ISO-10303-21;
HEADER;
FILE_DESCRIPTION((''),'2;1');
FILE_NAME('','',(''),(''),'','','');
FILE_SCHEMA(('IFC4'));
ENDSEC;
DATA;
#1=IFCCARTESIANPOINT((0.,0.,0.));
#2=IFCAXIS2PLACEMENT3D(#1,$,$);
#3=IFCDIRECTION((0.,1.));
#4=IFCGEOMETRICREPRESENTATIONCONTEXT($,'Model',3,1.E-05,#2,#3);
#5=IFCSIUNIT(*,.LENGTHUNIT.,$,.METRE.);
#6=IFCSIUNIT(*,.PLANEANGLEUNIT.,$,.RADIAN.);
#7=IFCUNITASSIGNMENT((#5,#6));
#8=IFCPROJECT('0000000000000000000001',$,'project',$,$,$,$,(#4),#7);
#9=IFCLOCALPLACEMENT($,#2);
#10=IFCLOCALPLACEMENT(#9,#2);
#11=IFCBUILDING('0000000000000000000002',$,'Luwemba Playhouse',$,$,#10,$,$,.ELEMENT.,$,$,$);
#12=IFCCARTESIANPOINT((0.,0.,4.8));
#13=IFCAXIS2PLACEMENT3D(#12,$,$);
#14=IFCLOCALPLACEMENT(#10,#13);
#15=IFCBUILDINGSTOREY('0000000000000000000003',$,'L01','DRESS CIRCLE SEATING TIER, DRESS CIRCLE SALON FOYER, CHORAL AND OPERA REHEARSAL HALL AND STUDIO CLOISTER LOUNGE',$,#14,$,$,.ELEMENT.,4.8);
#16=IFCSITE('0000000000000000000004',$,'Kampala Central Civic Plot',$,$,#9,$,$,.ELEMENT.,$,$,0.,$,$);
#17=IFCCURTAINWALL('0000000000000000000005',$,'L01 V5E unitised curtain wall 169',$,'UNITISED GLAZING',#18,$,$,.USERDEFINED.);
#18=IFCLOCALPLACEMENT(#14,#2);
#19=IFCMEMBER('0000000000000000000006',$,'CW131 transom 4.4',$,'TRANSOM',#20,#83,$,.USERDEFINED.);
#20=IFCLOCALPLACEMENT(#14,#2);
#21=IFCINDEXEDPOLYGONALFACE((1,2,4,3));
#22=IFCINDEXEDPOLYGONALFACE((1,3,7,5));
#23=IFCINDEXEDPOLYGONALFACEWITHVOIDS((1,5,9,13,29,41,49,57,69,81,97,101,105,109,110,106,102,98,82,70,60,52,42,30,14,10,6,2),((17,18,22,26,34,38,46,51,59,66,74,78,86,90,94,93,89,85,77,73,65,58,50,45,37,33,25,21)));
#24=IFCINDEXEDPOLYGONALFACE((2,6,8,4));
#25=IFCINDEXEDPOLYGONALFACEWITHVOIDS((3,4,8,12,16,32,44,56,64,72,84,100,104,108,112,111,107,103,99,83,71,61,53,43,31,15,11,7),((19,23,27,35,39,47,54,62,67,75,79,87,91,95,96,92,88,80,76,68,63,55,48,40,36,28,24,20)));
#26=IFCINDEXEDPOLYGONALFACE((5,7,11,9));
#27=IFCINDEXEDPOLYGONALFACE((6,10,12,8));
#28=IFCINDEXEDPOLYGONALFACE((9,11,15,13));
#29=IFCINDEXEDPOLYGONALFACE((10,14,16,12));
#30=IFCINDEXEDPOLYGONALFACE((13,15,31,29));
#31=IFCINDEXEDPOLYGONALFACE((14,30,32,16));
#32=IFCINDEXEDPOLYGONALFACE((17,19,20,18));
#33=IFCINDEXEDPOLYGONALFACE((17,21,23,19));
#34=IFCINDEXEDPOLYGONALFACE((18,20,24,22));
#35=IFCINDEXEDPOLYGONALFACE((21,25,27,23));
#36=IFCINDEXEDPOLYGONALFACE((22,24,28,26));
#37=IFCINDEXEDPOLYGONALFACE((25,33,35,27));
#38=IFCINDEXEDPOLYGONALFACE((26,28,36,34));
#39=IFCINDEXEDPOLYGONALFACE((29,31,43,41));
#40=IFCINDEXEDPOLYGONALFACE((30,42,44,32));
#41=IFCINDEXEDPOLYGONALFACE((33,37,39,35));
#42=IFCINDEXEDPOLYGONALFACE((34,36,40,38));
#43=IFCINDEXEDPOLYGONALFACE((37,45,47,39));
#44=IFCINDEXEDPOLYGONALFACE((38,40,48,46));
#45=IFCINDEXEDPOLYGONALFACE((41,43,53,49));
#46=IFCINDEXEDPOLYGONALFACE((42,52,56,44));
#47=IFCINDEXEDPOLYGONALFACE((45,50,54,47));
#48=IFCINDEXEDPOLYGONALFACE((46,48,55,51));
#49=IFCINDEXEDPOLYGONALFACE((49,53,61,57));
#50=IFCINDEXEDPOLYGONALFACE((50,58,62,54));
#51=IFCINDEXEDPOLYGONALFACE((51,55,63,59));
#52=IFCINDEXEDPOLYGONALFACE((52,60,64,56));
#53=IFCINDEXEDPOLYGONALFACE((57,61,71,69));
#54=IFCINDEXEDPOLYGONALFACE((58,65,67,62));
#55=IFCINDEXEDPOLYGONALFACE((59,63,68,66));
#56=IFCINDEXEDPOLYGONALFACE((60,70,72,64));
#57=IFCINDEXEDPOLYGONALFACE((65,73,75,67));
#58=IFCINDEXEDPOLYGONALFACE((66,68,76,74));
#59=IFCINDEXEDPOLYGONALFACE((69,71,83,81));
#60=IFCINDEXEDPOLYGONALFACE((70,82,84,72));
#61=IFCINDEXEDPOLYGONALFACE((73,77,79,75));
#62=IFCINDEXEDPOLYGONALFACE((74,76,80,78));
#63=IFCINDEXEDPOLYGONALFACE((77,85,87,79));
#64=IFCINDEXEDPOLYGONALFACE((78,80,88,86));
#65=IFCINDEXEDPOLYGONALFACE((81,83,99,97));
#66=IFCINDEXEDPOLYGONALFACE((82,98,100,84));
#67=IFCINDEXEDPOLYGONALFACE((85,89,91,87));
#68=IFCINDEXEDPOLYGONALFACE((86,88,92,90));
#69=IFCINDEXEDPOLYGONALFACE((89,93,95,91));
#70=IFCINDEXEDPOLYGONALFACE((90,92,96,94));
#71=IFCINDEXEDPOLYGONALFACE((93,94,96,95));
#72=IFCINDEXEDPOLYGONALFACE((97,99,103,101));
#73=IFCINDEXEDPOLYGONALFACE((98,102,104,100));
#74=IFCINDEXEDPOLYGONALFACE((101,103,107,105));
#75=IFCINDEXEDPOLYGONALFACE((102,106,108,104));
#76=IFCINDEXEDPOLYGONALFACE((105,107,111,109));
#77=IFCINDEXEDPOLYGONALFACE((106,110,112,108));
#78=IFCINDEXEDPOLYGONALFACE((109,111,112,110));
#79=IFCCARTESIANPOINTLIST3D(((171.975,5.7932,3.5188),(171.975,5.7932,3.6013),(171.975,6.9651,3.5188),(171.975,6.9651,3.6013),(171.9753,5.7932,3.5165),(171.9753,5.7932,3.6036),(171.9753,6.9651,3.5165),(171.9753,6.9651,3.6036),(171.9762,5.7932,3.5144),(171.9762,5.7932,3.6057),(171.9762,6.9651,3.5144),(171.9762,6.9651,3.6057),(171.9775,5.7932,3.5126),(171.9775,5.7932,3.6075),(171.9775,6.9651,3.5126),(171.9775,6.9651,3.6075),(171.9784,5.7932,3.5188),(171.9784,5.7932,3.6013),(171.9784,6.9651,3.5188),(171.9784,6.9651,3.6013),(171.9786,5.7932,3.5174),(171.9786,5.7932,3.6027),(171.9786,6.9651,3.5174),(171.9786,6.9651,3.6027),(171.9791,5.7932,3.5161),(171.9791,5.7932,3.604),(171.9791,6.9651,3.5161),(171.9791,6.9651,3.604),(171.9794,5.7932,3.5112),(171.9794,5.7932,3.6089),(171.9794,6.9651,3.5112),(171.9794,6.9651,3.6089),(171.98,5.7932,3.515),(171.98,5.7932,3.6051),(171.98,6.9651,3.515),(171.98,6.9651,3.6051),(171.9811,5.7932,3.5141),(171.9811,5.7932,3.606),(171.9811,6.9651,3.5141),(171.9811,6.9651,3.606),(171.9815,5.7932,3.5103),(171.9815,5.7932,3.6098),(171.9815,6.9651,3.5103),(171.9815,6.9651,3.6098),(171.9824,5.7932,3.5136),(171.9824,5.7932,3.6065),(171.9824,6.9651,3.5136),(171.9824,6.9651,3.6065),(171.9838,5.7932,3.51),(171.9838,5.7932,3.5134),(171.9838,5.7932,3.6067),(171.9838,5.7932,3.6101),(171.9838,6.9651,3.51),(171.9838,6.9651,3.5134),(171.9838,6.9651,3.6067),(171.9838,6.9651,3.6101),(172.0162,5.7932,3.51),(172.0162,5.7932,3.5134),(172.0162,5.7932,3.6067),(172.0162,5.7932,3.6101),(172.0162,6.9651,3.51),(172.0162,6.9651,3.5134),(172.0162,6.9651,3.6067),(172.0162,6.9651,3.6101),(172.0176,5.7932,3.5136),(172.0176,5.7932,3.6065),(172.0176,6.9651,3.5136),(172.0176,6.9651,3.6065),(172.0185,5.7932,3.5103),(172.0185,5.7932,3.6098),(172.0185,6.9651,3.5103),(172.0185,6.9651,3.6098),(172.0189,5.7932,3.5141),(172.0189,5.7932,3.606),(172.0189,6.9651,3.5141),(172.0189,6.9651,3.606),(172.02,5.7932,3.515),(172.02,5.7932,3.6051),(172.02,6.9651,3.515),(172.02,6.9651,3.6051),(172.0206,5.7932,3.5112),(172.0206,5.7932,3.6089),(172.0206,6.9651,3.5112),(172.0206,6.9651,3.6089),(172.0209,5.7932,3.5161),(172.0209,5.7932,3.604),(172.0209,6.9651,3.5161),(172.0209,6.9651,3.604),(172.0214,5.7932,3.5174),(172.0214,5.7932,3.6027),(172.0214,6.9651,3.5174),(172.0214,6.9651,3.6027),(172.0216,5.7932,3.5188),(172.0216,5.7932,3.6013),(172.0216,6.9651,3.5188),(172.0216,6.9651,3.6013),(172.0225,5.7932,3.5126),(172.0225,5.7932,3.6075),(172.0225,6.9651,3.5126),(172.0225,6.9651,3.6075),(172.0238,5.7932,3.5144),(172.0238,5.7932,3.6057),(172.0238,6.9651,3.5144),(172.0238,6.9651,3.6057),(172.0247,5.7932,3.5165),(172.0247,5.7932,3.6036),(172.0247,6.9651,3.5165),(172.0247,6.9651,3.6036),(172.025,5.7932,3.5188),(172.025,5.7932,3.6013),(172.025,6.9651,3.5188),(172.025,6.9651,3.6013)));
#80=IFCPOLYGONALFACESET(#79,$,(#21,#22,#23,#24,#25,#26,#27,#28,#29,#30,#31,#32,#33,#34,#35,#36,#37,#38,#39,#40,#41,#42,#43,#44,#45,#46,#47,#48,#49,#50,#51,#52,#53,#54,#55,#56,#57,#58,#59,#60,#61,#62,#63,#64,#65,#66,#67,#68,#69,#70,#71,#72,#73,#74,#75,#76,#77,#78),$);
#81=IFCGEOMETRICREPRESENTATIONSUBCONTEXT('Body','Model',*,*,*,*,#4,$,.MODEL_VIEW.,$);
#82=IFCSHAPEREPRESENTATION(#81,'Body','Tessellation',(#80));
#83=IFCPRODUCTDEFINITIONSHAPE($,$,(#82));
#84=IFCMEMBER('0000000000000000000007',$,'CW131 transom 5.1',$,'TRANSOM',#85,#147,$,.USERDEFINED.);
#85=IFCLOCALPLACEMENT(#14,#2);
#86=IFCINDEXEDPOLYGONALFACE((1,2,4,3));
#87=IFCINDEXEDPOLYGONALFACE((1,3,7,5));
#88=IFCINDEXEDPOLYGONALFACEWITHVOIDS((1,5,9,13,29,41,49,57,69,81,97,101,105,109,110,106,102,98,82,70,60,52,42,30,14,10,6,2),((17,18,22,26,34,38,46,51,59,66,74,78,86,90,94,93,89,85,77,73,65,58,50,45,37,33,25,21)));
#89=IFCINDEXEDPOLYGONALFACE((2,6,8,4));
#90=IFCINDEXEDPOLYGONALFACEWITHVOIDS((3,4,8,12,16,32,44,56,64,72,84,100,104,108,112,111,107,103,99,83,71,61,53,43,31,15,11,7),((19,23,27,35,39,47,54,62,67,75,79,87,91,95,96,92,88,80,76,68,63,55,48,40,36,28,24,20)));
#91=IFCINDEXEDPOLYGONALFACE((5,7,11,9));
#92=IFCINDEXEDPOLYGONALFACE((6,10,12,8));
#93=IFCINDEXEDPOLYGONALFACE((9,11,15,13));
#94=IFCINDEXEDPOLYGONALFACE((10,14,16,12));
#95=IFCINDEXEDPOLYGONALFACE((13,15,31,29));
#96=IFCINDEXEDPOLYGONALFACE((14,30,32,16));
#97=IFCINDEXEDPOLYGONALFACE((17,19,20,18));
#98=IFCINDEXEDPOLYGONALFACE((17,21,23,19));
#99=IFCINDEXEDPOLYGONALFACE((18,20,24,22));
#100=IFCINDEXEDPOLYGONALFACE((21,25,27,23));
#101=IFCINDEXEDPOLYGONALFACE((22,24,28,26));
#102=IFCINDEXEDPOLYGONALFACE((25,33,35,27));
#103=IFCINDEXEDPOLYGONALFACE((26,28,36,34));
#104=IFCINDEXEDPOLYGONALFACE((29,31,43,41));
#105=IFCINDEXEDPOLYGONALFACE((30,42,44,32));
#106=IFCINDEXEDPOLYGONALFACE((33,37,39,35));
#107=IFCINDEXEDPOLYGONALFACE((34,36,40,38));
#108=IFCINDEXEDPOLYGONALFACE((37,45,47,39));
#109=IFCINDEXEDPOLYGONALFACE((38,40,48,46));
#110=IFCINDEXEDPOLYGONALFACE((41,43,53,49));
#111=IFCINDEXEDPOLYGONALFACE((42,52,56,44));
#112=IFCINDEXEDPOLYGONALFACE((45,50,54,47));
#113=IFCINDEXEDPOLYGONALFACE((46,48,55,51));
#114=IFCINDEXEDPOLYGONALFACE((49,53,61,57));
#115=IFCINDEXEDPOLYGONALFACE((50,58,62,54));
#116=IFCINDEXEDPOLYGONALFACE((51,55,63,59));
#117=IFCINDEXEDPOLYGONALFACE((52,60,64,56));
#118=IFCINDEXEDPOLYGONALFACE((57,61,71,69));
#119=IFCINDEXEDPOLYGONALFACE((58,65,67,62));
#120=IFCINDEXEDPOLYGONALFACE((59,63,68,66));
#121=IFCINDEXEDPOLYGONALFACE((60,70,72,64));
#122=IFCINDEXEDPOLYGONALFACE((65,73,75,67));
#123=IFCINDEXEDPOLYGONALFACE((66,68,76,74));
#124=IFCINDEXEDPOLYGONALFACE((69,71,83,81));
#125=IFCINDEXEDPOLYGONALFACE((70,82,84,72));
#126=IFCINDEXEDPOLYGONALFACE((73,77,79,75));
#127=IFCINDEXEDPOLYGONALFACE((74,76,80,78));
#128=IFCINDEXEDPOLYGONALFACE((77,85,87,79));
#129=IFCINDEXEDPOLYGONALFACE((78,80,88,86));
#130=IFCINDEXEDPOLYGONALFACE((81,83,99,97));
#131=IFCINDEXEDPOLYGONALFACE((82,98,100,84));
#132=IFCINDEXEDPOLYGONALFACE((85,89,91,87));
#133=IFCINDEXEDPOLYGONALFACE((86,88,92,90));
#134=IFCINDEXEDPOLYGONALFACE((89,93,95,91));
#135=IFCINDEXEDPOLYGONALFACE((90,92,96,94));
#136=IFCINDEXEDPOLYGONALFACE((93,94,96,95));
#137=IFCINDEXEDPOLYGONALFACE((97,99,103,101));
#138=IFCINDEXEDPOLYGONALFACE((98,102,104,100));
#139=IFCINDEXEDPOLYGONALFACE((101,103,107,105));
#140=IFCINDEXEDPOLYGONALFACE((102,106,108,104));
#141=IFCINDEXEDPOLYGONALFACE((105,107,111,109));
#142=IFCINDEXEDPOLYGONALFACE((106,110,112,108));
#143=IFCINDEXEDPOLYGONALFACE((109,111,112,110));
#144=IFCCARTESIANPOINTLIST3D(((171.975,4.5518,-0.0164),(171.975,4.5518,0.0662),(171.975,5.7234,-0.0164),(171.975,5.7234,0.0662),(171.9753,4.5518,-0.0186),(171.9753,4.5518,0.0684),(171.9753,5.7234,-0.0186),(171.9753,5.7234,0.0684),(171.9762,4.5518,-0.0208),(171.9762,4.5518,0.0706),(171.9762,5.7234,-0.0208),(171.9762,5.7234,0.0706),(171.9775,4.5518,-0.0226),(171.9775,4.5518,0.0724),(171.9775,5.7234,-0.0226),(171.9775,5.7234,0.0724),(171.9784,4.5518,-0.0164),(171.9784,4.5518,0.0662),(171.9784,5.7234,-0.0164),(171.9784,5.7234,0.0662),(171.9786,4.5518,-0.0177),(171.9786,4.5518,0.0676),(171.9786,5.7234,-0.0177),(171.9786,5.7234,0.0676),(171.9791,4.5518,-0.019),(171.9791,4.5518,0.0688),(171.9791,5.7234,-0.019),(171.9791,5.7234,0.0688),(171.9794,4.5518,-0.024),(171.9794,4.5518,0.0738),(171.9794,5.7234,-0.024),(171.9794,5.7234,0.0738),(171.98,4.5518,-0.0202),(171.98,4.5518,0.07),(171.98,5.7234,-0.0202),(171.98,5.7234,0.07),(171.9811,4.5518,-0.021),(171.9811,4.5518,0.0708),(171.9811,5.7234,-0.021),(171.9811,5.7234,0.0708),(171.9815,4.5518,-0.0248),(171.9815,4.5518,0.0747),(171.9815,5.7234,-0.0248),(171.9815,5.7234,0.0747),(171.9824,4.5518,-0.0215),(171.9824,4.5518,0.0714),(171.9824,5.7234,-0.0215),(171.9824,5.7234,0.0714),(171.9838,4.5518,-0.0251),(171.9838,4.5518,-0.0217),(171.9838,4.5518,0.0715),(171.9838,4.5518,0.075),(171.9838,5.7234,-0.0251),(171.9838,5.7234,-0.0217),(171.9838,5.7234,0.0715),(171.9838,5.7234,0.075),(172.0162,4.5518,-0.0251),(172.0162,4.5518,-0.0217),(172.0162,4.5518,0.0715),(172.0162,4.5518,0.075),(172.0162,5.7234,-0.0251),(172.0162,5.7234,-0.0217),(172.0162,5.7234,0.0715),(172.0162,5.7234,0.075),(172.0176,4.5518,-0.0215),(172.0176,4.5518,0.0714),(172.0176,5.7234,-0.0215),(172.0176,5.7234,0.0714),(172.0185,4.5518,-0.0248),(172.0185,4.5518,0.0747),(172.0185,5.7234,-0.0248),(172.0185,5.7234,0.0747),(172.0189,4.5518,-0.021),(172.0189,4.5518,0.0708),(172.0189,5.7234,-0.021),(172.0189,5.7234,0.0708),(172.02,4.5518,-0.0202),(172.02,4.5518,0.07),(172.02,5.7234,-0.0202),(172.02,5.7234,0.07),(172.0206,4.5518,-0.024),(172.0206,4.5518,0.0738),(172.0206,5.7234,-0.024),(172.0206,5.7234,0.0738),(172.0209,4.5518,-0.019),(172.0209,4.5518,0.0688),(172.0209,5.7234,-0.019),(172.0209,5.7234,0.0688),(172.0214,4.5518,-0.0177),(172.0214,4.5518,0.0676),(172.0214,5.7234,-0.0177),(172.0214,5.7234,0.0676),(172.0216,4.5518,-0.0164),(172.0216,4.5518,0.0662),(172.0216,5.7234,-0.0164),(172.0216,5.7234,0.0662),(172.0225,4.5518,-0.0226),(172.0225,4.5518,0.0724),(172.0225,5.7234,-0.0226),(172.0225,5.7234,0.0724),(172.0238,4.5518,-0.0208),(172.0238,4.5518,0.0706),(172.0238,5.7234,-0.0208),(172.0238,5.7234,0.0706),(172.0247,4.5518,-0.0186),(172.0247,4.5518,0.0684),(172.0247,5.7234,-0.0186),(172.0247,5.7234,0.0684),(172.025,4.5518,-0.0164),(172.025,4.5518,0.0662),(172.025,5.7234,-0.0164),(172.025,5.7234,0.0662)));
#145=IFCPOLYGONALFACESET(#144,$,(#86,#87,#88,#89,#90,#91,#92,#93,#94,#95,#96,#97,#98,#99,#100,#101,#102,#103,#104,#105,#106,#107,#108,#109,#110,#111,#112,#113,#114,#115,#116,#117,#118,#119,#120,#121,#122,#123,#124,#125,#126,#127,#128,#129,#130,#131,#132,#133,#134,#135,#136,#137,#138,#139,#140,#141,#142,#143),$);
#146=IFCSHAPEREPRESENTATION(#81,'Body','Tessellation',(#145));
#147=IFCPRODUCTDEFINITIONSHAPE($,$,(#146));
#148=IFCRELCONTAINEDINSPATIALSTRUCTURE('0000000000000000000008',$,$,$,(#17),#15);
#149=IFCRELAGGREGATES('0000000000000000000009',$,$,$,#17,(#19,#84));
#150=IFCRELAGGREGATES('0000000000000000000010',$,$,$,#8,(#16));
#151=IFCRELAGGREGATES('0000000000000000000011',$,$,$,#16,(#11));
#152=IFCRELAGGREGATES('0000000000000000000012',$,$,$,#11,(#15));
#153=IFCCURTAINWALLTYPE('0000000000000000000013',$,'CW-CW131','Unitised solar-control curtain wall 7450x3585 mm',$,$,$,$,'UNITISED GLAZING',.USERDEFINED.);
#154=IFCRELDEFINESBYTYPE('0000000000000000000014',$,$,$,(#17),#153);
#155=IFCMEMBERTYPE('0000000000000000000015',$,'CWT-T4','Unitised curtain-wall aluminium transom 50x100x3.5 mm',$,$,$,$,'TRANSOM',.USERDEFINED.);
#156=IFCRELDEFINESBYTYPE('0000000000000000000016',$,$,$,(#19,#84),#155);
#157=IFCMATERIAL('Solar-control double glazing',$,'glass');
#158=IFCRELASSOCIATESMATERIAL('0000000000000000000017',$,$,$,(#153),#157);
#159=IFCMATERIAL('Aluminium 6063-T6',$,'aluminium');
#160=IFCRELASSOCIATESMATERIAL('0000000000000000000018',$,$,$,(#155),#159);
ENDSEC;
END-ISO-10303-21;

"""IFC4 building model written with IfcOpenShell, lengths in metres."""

from ifc_helpers import new_model, si_unit, direction, frame, origin, origin_2d, place, context, subcontext, project, spatial, hollow_rectangle, extrude, material, material_profile, profile_set, type_object, element, aggregate, save


model = new_model("IFC4")

# Units and contexts
model_context = context("Model", 3, precision=1e-05, world=origin(), true_north=direction((0.0, 1.0)))
body_context = subcontext(model_context, "Body", "Model", "MODEL_VIEW")
ifc_project = project(units=[si_unit("LENGTHUNIT", "METRE"), si_unit("PLANEANGLEUNIT", "RADIAN")], contexts=[model_context])

# Site, building, storey
site_placement = place(None, origin())
site = spatial("IfcSite", under=ifc_project, at=site_placement, Name="Kampala Central Civic Plot", CompositionType="ELEMENT", RefElevation=0.0)
building_placement = place(site_placement, origin())
building = spatial("IfcBuilding", under=site, at=building_placement, Name="Luwemba Playhouse", CompositionType="ELEMENT")
storey_placement = place(building_placement, frame((0.0, 0.0, 4.8)))
storey = spatial("IfcBuildingStorey", under=building, at=storey_placement, Name="L01", Description="DRESS CIRCLE SEATING TIER, DRESS CIRCLE SALON FOYER, CHORAL AND OPERA REHEARSAL HALL AND STUDIO CLOISTER LOUNGE", CompositionType="ELEMENT", Elevation=4.8)

# Curtain wall, members
ifc_material_1 = material(Name="Solar-control double glazing", Category="glass")
curtain_wall_type = type_object("IfcCurtainWallType", Name="CW-CW131", Description="Unitised solar-control curtain wall 7450x3585 mm", ElementType="UNITISED GLAZING", PredefinedType="USERDEFINED", material=ifc_material_1)
curtain_wall_placement = place(storey_placement, origin())
curtain_wall = element("IfcCurtainWall", 1, at=curtain_wall_placement, inside=storey, type_object=curtain_wall_type, Name="L01 V5E unitised curtain wall 169", ObjectType="UNITISED GLAZING", PredefinedType="USERDEFINED")
ifc_material_2 = material(Name="Aluminium 6063-T6", Category="aluminium")
ifc_material_profile_1 = material_profile(ifc_material_2, hollow_rectangle(XDim=0.05, YDim=0.1001, WallThickness=0.0034, InnerFilletRadius=0.0054, OuterFilletRadius=0.0088, at=origin_2d()))
ifc_profile_set_1 = profile_set([ifc_material_profile_1], Name="Aluminium 6063-T6")
member_type_1 = type_object("IfcMemberType", Name="CWT-T4", Description="Unitised curtain-wall aluminium transom 50x100x3.5 mm", ElementType="TRANSOM", PredefinedType="USERDEFINED", material=ifc_profile_set_1)
member_1_placement = place(storey_placement, frame((172.0, 6.9651, 3.5601), z_axis=(0.0, -1.0, 0.0), x_axis=(1.0, 0.0, 0.0)))
member_1 = element("IfcMember", 2, at=member_1_placement, type_object=member_type_1, Name="CW131 transom 4.4", ObjectType="TRANSOM", PredefinedType="USERDEFINED", context=body_context, shape_type="SweptSolid", body=[
    extrude(hollow_rectangle(XDim=0.05, YDim=0.1001, WallThickness=0.0034, InnerFilletRadius=0.0054, OuterFilletRadius=0.0088, at=origin_2d()), origin(), (0.0, 0.0, 1.0), 1.1719),
])
member_2_placement = place(storey_placement, frame((172.0, 5.7234, 0.0249), z_axis=(0.0, -1.0, 0.0), x_axis=(1.0, 0.0, 0.0)))
member_2 = element("IfcMember", 3, at=member_2_placement, type_object=member_type_1, Name="CW131 transom 5.1", ObjectType="TRANSOM", PredefinedType="USERDEFINED", context=body_context, shape_type="SweptSolid", body=[
    extrude(hollow_rectangle(XDim=0.05, YDim=0.1001, WallThickness=0.0034, InnerFilletRadius=0.0054, OuterFilletRadius=0.0088, at=origin_2d()), origin(), (0.0, 0.0, 1.0), 1.1716),
])
aggregate(curtain_wall, [member_1, member_2])

save(model, "model.ifc")
